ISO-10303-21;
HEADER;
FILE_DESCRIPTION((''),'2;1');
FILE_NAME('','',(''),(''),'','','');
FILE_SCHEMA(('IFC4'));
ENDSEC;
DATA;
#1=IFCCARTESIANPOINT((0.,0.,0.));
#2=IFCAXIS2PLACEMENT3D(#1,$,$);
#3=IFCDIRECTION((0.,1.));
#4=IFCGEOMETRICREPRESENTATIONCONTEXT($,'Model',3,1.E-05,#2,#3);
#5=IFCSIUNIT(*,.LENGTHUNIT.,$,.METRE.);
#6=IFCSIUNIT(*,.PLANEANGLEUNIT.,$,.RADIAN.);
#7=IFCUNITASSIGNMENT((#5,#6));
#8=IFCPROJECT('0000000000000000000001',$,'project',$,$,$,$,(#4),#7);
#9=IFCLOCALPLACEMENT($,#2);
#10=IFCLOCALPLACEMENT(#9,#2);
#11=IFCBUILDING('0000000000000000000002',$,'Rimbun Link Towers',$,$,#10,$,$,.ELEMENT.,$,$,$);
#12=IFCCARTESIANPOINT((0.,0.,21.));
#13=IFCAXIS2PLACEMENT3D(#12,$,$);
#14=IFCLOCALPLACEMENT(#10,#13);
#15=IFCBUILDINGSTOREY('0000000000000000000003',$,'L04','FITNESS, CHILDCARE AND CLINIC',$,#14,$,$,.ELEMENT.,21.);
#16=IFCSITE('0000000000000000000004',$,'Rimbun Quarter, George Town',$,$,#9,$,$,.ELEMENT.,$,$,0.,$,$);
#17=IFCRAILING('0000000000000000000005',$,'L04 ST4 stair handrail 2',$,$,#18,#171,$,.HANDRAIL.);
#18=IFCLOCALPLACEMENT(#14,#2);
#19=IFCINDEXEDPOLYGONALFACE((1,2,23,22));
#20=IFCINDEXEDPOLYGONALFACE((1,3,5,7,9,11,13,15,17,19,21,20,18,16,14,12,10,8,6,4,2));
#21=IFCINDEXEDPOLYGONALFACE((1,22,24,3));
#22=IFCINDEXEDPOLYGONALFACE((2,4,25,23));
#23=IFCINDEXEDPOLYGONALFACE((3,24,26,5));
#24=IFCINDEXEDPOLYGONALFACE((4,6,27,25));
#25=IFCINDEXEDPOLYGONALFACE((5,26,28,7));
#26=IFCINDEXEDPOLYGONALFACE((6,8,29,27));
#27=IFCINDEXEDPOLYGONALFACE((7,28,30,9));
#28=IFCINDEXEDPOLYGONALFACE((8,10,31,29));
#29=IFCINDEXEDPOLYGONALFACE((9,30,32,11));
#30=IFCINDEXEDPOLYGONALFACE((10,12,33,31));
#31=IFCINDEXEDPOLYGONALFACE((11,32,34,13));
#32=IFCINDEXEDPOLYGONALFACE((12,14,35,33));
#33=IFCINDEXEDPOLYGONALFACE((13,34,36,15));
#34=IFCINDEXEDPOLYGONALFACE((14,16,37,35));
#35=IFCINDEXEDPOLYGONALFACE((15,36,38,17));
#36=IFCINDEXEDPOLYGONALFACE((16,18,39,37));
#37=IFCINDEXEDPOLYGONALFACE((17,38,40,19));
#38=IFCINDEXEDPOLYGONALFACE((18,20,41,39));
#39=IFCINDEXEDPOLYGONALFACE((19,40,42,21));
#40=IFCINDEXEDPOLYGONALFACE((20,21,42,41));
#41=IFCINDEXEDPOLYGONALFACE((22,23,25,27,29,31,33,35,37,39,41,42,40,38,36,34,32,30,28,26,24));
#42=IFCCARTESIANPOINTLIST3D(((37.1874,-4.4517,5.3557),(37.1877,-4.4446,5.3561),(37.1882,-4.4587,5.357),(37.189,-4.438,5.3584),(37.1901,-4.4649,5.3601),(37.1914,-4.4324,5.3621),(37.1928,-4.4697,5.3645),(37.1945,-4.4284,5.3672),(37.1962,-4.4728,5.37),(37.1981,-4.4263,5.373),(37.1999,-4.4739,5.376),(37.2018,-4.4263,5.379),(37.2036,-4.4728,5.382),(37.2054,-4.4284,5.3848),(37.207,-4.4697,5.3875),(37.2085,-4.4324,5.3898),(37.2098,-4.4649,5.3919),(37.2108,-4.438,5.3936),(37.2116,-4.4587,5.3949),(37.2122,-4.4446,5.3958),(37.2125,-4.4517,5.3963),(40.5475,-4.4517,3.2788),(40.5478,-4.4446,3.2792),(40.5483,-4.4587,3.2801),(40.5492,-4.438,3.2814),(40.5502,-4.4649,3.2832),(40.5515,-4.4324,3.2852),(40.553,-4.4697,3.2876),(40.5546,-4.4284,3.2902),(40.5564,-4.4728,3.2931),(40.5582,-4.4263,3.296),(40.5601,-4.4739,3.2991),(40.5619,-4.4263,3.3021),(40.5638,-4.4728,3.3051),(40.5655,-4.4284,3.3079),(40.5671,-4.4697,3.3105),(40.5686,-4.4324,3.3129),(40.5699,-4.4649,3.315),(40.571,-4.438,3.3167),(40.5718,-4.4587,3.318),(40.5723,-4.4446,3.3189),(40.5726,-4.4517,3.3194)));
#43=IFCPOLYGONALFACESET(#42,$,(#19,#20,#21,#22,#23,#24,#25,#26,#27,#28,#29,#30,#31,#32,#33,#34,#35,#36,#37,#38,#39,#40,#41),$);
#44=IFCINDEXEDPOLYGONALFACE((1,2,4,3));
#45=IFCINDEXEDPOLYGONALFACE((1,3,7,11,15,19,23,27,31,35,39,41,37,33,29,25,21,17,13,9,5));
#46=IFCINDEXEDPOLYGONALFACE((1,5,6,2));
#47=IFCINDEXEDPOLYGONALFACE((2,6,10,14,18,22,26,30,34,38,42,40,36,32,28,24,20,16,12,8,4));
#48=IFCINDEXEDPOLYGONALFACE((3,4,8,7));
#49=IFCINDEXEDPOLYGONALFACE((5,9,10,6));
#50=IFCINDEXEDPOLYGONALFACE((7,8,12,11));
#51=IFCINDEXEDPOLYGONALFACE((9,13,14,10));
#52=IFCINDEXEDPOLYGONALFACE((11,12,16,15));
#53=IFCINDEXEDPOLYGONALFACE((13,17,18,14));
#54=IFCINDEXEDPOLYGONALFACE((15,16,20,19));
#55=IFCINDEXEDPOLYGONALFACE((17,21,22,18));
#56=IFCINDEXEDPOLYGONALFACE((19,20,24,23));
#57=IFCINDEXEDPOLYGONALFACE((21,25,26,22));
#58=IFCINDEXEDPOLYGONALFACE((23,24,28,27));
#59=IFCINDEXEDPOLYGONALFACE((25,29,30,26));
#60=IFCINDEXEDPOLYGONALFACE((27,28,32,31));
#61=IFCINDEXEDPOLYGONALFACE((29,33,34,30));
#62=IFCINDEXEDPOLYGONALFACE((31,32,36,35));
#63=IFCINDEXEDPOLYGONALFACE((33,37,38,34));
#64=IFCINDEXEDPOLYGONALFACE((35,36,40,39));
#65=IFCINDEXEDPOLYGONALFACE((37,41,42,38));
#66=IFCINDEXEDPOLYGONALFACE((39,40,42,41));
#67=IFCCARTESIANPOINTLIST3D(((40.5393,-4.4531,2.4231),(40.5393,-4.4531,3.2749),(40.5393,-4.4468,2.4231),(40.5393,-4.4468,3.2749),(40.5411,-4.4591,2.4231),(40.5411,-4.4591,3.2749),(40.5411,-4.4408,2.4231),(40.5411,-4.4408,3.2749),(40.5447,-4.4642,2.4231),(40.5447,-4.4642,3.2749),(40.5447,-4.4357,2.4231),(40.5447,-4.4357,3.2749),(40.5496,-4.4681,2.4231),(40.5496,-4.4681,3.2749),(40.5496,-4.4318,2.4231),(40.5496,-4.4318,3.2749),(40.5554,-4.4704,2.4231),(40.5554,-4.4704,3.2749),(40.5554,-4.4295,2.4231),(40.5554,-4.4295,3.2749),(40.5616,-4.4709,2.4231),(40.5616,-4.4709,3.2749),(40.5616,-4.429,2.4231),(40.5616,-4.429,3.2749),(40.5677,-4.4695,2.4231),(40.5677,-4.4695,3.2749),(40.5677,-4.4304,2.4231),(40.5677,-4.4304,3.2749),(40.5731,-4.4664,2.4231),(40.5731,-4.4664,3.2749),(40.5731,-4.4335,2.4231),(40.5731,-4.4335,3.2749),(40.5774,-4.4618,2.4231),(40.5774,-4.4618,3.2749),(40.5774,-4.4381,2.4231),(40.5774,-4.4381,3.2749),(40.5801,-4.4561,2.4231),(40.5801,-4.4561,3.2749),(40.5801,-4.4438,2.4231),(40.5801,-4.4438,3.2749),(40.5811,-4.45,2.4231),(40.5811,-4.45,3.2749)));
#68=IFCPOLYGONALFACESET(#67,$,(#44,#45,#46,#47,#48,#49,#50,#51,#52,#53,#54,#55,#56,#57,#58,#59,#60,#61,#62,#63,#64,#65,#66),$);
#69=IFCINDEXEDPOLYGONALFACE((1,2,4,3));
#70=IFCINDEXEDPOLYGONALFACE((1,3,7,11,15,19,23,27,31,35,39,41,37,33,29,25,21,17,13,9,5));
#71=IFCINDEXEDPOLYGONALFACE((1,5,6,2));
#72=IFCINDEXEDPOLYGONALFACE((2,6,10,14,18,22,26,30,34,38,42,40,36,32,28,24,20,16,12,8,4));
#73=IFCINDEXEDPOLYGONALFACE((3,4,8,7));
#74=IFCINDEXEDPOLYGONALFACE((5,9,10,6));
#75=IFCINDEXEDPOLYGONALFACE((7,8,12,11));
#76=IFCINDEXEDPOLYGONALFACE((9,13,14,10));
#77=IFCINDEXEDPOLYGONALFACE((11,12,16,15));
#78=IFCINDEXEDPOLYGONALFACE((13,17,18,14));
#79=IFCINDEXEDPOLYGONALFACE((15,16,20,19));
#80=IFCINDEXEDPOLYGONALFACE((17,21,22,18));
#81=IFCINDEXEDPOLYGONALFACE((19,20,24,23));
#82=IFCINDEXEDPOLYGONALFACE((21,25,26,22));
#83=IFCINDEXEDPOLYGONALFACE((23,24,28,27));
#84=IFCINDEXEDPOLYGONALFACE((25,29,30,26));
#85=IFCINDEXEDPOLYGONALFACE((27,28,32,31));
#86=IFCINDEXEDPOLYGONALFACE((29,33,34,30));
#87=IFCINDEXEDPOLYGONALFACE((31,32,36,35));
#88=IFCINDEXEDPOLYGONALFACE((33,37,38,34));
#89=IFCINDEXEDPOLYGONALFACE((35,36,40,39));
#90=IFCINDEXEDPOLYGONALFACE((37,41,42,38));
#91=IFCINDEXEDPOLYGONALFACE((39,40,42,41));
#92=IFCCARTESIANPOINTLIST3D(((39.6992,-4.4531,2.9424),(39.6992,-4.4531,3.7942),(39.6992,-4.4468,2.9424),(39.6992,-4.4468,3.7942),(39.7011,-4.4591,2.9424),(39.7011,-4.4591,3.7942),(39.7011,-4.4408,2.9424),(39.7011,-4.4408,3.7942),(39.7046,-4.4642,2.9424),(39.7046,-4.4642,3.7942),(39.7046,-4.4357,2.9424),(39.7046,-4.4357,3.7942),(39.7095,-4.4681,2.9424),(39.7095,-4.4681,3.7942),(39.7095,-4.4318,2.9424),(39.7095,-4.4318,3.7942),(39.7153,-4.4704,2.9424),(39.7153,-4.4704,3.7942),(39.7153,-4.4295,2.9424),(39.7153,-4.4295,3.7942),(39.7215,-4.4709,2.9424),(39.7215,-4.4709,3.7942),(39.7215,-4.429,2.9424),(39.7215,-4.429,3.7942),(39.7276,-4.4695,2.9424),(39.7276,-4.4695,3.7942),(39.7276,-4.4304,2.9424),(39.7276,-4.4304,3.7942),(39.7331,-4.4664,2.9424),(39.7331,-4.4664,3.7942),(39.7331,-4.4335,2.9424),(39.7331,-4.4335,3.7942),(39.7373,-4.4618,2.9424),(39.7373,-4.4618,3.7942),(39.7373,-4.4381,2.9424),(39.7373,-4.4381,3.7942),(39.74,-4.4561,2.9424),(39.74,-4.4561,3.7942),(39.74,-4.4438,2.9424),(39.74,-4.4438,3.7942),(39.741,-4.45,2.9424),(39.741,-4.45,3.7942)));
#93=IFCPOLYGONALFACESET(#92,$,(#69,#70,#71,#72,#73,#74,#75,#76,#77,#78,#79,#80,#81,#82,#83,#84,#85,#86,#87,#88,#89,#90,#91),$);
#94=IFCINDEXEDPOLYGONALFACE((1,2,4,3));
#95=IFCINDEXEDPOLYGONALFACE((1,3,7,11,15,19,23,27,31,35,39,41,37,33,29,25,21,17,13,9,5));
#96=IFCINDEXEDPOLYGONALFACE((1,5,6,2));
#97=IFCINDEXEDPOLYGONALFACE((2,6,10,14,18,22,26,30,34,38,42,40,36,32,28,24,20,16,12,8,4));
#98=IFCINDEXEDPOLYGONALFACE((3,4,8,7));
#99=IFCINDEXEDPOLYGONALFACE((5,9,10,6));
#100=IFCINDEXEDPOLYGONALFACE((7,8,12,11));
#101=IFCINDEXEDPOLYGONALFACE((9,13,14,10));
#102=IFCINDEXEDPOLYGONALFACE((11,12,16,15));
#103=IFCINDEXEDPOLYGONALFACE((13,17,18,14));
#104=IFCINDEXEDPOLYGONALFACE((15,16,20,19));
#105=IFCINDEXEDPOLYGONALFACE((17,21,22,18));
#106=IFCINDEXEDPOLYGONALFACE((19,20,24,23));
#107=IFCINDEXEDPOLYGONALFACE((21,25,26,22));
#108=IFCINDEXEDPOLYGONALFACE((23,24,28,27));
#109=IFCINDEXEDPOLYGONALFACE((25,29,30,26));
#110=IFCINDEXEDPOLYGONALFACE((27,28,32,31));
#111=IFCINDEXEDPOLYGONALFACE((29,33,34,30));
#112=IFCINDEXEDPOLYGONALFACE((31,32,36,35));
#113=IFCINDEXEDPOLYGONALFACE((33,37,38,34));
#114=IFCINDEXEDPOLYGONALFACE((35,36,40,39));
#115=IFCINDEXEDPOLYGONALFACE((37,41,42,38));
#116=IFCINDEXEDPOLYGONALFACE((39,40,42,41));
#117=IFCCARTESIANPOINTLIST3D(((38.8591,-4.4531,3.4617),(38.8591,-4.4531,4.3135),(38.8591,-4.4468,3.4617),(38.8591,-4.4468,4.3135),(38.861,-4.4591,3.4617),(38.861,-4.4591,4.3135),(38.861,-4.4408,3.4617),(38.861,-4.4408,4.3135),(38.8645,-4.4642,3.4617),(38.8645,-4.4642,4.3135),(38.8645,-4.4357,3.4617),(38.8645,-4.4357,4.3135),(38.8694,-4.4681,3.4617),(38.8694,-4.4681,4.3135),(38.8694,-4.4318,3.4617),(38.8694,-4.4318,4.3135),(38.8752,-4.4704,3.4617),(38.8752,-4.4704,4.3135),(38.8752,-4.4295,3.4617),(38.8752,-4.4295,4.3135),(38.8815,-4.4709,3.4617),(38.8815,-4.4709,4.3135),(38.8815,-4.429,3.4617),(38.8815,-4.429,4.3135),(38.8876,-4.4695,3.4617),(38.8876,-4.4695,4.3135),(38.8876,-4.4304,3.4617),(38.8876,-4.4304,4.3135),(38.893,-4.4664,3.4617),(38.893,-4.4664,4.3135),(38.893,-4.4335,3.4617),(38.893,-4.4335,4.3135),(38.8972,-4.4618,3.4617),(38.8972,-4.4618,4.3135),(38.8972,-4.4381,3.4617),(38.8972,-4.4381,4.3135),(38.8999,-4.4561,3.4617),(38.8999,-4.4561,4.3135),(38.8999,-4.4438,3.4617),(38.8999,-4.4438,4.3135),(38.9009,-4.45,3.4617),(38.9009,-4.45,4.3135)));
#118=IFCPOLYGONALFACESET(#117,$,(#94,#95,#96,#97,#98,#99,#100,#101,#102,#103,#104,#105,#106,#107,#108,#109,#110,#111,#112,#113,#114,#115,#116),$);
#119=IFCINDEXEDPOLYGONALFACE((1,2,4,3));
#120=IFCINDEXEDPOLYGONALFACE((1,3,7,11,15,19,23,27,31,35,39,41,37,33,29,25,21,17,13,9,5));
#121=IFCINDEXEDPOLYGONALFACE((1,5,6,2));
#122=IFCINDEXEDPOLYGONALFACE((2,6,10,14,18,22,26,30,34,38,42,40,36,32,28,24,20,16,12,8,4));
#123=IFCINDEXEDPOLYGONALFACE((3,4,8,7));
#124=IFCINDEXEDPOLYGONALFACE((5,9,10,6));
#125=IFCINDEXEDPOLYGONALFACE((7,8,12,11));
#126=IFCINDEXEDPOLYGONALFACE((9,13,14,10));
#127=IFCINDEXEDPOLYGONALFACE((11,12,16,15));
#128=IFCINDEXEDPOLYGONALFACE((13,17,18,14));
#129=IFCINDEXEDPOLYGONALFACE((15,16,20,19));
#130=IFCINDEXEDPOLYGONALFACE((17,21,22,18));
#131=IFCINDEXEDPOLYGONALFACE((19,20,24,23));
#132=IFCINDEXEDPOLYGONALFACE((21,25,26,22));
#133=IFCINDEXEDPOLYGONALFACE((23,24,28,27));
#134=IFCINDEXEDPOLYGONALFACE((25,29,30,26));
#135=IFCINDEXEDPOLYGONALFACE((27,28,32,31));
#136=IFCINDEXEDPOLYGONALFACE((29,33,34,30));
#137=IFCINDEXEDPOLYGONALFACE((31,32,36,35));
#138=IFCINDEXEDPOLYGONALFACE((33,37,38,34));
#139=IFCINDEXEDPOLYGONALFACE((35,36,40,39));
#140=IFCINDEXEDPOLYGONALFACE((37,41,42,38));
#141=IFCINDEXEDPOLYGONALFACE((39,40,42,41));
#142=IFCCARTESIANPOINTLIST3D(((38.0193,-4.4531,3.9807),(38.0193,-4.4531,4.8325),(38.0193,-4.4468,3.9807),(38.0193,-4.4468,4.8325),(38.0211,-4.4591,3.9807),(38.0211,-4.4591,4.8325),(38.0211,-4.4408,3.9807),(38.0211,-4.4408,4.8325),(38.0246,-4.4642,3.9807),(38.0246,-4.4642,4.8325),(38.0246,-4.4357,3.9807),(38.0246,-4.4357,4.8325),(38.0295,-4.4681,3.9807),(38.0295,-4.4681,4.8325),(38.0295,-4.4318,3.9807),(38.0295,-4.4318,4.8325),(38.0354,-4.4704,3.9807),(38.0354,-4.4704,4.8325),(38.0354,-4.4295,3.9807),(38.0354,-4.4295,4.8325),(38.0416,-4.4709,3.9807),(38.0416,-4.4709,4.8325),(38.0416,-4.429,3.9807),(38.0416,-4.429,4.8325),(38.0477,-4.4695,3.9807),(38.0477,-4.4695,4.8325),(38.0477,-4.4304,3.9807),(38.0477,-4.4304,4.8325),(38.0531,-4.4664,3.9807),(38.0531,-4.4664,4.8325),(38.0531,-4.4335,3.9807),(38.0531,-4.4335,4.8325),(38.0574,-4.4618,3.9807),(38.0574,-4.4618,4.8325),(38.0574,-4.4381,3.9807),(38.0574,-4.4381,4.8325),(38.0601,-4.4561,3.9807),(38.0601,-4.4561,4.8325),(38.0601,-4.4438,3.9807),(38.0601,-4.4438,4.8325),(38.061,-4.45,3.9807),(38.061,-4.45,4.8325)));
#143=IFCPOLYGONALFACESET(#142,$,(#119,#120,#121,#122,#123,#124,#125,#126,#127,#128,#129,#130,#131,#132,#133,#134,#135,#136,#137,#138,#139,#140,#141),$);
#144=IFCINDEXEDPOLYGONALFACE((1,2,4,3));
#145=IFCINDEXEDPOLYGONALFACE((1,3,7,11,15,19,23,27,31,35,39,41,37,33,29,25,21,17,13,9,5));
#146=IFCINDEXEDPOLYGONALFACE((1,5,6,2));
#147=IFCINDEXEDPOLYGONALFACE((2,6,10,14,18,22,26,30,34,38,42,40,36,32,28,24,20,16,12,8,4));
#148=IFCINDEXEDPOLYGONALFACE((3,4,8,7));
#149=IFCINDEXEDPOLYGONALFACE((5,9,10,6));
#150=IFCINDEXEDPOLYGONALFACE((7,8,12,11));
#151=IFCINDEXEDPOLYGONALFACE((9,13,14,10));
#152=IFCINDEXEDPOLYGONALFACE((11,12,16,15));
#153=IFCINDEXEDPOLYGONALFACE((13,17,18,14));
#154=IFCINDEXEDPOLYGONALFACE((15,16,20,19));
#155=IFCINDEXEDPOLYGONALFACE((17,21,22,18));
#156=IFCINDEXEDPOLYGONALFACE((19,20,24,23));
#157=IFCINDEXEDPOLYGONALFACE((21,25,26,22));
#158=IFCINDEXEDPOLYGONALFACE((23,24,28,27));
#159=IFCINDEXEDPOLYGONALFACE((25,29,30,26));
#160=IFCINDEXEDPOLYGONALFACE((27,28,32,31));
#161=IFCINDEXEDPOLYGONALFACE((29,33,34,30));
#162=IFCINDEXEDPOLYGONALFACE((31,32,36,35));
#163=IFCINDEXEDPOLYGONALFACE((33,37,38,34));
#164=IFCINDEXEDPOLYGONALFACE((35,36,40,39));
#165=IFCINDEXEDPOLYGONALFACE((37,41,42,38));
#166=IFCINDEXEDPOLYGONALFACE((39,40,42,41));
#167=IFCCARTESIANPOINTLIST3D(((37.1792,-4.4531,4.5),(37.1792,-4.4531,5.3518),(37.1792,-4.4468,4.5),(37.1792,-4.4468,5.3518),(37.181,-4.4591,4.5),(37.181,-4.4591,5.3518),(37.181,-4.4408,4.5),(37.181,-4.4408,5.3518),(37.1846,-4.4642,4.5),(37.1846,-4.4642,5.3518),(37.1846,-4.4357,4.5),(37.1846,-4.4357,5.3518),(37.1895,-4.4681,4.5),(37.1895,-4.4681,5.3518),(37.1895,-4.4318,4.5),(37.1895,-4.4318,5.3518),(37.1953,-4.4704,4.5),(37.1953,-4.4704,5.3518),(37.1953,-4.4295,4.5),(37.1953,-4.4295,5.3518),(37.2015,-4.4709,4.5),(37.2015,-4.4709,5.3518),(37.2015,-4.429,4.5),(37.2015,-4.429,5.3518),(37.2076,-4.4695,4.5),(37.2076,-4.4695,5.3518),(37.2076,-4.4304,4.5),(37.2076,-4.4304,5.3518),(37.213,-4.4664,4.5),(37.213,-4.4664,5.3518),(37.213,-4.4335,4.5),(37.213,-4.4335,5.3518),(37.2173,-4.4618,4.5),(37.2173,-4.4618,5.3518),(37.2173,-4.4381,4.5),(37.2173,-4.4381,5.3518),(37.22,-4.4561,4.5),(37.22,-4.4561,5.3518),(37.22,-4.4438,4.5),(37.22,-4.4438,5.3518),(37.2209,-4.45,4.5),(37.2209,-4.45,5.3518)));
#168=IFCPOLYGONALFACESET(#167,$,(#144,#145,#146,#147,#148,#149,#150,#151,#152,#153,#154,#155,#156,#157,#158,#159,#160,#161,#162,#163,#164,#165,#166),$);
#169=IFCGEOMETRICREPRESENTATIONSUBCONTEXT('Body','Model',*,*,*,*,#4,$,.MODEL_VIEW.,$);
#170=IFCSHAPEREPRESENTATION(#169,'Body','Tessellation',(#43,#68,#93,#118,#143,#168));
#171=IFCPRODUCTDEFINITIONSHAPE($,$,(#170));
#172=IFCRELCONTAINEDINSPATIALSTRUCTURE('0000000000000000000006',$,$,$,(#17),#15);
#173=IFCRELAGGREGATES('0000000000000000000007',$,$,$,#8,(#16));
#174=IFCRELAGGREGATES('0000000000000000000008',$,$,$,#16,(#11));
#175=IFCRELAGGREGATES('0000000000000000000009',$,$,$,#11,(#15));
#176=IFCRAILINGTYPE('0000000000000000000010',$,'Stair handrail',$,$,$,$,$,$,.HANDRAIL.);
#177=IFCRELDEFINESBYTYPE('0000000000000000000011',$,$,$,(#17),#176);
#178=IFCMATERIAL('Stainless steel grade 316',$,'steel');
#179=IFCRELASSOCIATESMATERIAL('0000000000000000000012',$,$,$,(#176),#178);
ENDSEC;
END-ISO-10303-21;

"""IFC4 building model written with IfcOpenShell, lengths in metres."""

from ifc_helpers import new_model, si_unit, direction, frame, origin, origin_2d, place, context, subcontext, project, spatial, circle, extrude, material, type_object, element, save


model = new_model("IFC4")

# Units and contexts
model_context = context("Model", 3, precision=1e-05, world=origin(), true_north=direction((0.0, 1.0)))
body_context = subcontext(model_context, "Body", "Model", "MODEL_VIEW")
ifc_project = project(units=[si_unit("LENGTHUNIT", "METRE"), si_unit("PLANEANGLEUNIT", "RADIAN")], contexts=[model_context])

# Site, building, storey
site_placement = place(None, origin())
site = spatial("IfcSite", under=ifc_project, at=site_placement, Name="Rimbun Quarter, George Town", CompositionType="ELEMENT", RefElevation=0.0)
building_placement = place(site_placement, origin())
building = spatial("IfcBuilding", under=site, at=building_placement, Name="Rimbun Link Towers", CompositionType="ELEMENT")
storey_placement = place(building_placement, frame((0.0, 0.0, 21.0)))
storey = spatial("IfcBuildingStorey", under=building, at=storey_placement, Name="L04", Description="FITNESS, CHILDCARE AND CLINIC", CompositionType="ELEMENT", Elevation=21.0)

# Railing
ifc_material_1 = material(Name="Stainless steel grade 316", Category="steel")
railing_type_1 = type_object("IfcRailingType", Name="Stair handrail", PredefinedType="HANDRAIL", material=ifc_material_1)
railing_1_placement = place(storey_placement, frame((40.5601, -4.45, 2.4231)))
element("IfcRailing", 1, at=railing_1_placement, inside=storey, type_object=railing_type_1, Name="L04 ST4 stair handrail 2", PredefinedType="HANDRAIL", context=body_context, shape_type="SweptSolid", body=[
    extrude(circle(Radius=0.0239, at=origin_2d()), frame((0.0, 0.0, 0.876), z_axis=(-0.850623, 0.0, 0.525776), x_axis=(0.0, -1.0, 0.0)), (0.0, 0.0, 1.0), 3.9502),
    extrude(circle(Radius=0.021, at=origin_2d()), origin(), (0.0, 0.0, 1.0), 0.8518),
    extrude(circle(Radius=0.021, at=origin_2d()), frame((-0.8401, 0.0, 0.5193)), (0.0, 0.0, 1.0), 0.8518),
    extrude(circle(Radius=0.021, at=origin_2d()), frame((-1.6802, 0.0, 1.0386)), (0.0, 0.0, 1.0), 0.8518),
    extrude(circle(Radius=0.021, at=origin_2d()), frame((-2.52, 0.0, 1.5576)), (0.0, 0.0, 1.0), 0.8518),
    extrude(circle(Radius=0.021, at=origin_2d()), frame((-3.3601, 0.0, 2.0769)), (0.0, 0.0, 1.0), 0.8518),
])

save(model, "model.ifc")
